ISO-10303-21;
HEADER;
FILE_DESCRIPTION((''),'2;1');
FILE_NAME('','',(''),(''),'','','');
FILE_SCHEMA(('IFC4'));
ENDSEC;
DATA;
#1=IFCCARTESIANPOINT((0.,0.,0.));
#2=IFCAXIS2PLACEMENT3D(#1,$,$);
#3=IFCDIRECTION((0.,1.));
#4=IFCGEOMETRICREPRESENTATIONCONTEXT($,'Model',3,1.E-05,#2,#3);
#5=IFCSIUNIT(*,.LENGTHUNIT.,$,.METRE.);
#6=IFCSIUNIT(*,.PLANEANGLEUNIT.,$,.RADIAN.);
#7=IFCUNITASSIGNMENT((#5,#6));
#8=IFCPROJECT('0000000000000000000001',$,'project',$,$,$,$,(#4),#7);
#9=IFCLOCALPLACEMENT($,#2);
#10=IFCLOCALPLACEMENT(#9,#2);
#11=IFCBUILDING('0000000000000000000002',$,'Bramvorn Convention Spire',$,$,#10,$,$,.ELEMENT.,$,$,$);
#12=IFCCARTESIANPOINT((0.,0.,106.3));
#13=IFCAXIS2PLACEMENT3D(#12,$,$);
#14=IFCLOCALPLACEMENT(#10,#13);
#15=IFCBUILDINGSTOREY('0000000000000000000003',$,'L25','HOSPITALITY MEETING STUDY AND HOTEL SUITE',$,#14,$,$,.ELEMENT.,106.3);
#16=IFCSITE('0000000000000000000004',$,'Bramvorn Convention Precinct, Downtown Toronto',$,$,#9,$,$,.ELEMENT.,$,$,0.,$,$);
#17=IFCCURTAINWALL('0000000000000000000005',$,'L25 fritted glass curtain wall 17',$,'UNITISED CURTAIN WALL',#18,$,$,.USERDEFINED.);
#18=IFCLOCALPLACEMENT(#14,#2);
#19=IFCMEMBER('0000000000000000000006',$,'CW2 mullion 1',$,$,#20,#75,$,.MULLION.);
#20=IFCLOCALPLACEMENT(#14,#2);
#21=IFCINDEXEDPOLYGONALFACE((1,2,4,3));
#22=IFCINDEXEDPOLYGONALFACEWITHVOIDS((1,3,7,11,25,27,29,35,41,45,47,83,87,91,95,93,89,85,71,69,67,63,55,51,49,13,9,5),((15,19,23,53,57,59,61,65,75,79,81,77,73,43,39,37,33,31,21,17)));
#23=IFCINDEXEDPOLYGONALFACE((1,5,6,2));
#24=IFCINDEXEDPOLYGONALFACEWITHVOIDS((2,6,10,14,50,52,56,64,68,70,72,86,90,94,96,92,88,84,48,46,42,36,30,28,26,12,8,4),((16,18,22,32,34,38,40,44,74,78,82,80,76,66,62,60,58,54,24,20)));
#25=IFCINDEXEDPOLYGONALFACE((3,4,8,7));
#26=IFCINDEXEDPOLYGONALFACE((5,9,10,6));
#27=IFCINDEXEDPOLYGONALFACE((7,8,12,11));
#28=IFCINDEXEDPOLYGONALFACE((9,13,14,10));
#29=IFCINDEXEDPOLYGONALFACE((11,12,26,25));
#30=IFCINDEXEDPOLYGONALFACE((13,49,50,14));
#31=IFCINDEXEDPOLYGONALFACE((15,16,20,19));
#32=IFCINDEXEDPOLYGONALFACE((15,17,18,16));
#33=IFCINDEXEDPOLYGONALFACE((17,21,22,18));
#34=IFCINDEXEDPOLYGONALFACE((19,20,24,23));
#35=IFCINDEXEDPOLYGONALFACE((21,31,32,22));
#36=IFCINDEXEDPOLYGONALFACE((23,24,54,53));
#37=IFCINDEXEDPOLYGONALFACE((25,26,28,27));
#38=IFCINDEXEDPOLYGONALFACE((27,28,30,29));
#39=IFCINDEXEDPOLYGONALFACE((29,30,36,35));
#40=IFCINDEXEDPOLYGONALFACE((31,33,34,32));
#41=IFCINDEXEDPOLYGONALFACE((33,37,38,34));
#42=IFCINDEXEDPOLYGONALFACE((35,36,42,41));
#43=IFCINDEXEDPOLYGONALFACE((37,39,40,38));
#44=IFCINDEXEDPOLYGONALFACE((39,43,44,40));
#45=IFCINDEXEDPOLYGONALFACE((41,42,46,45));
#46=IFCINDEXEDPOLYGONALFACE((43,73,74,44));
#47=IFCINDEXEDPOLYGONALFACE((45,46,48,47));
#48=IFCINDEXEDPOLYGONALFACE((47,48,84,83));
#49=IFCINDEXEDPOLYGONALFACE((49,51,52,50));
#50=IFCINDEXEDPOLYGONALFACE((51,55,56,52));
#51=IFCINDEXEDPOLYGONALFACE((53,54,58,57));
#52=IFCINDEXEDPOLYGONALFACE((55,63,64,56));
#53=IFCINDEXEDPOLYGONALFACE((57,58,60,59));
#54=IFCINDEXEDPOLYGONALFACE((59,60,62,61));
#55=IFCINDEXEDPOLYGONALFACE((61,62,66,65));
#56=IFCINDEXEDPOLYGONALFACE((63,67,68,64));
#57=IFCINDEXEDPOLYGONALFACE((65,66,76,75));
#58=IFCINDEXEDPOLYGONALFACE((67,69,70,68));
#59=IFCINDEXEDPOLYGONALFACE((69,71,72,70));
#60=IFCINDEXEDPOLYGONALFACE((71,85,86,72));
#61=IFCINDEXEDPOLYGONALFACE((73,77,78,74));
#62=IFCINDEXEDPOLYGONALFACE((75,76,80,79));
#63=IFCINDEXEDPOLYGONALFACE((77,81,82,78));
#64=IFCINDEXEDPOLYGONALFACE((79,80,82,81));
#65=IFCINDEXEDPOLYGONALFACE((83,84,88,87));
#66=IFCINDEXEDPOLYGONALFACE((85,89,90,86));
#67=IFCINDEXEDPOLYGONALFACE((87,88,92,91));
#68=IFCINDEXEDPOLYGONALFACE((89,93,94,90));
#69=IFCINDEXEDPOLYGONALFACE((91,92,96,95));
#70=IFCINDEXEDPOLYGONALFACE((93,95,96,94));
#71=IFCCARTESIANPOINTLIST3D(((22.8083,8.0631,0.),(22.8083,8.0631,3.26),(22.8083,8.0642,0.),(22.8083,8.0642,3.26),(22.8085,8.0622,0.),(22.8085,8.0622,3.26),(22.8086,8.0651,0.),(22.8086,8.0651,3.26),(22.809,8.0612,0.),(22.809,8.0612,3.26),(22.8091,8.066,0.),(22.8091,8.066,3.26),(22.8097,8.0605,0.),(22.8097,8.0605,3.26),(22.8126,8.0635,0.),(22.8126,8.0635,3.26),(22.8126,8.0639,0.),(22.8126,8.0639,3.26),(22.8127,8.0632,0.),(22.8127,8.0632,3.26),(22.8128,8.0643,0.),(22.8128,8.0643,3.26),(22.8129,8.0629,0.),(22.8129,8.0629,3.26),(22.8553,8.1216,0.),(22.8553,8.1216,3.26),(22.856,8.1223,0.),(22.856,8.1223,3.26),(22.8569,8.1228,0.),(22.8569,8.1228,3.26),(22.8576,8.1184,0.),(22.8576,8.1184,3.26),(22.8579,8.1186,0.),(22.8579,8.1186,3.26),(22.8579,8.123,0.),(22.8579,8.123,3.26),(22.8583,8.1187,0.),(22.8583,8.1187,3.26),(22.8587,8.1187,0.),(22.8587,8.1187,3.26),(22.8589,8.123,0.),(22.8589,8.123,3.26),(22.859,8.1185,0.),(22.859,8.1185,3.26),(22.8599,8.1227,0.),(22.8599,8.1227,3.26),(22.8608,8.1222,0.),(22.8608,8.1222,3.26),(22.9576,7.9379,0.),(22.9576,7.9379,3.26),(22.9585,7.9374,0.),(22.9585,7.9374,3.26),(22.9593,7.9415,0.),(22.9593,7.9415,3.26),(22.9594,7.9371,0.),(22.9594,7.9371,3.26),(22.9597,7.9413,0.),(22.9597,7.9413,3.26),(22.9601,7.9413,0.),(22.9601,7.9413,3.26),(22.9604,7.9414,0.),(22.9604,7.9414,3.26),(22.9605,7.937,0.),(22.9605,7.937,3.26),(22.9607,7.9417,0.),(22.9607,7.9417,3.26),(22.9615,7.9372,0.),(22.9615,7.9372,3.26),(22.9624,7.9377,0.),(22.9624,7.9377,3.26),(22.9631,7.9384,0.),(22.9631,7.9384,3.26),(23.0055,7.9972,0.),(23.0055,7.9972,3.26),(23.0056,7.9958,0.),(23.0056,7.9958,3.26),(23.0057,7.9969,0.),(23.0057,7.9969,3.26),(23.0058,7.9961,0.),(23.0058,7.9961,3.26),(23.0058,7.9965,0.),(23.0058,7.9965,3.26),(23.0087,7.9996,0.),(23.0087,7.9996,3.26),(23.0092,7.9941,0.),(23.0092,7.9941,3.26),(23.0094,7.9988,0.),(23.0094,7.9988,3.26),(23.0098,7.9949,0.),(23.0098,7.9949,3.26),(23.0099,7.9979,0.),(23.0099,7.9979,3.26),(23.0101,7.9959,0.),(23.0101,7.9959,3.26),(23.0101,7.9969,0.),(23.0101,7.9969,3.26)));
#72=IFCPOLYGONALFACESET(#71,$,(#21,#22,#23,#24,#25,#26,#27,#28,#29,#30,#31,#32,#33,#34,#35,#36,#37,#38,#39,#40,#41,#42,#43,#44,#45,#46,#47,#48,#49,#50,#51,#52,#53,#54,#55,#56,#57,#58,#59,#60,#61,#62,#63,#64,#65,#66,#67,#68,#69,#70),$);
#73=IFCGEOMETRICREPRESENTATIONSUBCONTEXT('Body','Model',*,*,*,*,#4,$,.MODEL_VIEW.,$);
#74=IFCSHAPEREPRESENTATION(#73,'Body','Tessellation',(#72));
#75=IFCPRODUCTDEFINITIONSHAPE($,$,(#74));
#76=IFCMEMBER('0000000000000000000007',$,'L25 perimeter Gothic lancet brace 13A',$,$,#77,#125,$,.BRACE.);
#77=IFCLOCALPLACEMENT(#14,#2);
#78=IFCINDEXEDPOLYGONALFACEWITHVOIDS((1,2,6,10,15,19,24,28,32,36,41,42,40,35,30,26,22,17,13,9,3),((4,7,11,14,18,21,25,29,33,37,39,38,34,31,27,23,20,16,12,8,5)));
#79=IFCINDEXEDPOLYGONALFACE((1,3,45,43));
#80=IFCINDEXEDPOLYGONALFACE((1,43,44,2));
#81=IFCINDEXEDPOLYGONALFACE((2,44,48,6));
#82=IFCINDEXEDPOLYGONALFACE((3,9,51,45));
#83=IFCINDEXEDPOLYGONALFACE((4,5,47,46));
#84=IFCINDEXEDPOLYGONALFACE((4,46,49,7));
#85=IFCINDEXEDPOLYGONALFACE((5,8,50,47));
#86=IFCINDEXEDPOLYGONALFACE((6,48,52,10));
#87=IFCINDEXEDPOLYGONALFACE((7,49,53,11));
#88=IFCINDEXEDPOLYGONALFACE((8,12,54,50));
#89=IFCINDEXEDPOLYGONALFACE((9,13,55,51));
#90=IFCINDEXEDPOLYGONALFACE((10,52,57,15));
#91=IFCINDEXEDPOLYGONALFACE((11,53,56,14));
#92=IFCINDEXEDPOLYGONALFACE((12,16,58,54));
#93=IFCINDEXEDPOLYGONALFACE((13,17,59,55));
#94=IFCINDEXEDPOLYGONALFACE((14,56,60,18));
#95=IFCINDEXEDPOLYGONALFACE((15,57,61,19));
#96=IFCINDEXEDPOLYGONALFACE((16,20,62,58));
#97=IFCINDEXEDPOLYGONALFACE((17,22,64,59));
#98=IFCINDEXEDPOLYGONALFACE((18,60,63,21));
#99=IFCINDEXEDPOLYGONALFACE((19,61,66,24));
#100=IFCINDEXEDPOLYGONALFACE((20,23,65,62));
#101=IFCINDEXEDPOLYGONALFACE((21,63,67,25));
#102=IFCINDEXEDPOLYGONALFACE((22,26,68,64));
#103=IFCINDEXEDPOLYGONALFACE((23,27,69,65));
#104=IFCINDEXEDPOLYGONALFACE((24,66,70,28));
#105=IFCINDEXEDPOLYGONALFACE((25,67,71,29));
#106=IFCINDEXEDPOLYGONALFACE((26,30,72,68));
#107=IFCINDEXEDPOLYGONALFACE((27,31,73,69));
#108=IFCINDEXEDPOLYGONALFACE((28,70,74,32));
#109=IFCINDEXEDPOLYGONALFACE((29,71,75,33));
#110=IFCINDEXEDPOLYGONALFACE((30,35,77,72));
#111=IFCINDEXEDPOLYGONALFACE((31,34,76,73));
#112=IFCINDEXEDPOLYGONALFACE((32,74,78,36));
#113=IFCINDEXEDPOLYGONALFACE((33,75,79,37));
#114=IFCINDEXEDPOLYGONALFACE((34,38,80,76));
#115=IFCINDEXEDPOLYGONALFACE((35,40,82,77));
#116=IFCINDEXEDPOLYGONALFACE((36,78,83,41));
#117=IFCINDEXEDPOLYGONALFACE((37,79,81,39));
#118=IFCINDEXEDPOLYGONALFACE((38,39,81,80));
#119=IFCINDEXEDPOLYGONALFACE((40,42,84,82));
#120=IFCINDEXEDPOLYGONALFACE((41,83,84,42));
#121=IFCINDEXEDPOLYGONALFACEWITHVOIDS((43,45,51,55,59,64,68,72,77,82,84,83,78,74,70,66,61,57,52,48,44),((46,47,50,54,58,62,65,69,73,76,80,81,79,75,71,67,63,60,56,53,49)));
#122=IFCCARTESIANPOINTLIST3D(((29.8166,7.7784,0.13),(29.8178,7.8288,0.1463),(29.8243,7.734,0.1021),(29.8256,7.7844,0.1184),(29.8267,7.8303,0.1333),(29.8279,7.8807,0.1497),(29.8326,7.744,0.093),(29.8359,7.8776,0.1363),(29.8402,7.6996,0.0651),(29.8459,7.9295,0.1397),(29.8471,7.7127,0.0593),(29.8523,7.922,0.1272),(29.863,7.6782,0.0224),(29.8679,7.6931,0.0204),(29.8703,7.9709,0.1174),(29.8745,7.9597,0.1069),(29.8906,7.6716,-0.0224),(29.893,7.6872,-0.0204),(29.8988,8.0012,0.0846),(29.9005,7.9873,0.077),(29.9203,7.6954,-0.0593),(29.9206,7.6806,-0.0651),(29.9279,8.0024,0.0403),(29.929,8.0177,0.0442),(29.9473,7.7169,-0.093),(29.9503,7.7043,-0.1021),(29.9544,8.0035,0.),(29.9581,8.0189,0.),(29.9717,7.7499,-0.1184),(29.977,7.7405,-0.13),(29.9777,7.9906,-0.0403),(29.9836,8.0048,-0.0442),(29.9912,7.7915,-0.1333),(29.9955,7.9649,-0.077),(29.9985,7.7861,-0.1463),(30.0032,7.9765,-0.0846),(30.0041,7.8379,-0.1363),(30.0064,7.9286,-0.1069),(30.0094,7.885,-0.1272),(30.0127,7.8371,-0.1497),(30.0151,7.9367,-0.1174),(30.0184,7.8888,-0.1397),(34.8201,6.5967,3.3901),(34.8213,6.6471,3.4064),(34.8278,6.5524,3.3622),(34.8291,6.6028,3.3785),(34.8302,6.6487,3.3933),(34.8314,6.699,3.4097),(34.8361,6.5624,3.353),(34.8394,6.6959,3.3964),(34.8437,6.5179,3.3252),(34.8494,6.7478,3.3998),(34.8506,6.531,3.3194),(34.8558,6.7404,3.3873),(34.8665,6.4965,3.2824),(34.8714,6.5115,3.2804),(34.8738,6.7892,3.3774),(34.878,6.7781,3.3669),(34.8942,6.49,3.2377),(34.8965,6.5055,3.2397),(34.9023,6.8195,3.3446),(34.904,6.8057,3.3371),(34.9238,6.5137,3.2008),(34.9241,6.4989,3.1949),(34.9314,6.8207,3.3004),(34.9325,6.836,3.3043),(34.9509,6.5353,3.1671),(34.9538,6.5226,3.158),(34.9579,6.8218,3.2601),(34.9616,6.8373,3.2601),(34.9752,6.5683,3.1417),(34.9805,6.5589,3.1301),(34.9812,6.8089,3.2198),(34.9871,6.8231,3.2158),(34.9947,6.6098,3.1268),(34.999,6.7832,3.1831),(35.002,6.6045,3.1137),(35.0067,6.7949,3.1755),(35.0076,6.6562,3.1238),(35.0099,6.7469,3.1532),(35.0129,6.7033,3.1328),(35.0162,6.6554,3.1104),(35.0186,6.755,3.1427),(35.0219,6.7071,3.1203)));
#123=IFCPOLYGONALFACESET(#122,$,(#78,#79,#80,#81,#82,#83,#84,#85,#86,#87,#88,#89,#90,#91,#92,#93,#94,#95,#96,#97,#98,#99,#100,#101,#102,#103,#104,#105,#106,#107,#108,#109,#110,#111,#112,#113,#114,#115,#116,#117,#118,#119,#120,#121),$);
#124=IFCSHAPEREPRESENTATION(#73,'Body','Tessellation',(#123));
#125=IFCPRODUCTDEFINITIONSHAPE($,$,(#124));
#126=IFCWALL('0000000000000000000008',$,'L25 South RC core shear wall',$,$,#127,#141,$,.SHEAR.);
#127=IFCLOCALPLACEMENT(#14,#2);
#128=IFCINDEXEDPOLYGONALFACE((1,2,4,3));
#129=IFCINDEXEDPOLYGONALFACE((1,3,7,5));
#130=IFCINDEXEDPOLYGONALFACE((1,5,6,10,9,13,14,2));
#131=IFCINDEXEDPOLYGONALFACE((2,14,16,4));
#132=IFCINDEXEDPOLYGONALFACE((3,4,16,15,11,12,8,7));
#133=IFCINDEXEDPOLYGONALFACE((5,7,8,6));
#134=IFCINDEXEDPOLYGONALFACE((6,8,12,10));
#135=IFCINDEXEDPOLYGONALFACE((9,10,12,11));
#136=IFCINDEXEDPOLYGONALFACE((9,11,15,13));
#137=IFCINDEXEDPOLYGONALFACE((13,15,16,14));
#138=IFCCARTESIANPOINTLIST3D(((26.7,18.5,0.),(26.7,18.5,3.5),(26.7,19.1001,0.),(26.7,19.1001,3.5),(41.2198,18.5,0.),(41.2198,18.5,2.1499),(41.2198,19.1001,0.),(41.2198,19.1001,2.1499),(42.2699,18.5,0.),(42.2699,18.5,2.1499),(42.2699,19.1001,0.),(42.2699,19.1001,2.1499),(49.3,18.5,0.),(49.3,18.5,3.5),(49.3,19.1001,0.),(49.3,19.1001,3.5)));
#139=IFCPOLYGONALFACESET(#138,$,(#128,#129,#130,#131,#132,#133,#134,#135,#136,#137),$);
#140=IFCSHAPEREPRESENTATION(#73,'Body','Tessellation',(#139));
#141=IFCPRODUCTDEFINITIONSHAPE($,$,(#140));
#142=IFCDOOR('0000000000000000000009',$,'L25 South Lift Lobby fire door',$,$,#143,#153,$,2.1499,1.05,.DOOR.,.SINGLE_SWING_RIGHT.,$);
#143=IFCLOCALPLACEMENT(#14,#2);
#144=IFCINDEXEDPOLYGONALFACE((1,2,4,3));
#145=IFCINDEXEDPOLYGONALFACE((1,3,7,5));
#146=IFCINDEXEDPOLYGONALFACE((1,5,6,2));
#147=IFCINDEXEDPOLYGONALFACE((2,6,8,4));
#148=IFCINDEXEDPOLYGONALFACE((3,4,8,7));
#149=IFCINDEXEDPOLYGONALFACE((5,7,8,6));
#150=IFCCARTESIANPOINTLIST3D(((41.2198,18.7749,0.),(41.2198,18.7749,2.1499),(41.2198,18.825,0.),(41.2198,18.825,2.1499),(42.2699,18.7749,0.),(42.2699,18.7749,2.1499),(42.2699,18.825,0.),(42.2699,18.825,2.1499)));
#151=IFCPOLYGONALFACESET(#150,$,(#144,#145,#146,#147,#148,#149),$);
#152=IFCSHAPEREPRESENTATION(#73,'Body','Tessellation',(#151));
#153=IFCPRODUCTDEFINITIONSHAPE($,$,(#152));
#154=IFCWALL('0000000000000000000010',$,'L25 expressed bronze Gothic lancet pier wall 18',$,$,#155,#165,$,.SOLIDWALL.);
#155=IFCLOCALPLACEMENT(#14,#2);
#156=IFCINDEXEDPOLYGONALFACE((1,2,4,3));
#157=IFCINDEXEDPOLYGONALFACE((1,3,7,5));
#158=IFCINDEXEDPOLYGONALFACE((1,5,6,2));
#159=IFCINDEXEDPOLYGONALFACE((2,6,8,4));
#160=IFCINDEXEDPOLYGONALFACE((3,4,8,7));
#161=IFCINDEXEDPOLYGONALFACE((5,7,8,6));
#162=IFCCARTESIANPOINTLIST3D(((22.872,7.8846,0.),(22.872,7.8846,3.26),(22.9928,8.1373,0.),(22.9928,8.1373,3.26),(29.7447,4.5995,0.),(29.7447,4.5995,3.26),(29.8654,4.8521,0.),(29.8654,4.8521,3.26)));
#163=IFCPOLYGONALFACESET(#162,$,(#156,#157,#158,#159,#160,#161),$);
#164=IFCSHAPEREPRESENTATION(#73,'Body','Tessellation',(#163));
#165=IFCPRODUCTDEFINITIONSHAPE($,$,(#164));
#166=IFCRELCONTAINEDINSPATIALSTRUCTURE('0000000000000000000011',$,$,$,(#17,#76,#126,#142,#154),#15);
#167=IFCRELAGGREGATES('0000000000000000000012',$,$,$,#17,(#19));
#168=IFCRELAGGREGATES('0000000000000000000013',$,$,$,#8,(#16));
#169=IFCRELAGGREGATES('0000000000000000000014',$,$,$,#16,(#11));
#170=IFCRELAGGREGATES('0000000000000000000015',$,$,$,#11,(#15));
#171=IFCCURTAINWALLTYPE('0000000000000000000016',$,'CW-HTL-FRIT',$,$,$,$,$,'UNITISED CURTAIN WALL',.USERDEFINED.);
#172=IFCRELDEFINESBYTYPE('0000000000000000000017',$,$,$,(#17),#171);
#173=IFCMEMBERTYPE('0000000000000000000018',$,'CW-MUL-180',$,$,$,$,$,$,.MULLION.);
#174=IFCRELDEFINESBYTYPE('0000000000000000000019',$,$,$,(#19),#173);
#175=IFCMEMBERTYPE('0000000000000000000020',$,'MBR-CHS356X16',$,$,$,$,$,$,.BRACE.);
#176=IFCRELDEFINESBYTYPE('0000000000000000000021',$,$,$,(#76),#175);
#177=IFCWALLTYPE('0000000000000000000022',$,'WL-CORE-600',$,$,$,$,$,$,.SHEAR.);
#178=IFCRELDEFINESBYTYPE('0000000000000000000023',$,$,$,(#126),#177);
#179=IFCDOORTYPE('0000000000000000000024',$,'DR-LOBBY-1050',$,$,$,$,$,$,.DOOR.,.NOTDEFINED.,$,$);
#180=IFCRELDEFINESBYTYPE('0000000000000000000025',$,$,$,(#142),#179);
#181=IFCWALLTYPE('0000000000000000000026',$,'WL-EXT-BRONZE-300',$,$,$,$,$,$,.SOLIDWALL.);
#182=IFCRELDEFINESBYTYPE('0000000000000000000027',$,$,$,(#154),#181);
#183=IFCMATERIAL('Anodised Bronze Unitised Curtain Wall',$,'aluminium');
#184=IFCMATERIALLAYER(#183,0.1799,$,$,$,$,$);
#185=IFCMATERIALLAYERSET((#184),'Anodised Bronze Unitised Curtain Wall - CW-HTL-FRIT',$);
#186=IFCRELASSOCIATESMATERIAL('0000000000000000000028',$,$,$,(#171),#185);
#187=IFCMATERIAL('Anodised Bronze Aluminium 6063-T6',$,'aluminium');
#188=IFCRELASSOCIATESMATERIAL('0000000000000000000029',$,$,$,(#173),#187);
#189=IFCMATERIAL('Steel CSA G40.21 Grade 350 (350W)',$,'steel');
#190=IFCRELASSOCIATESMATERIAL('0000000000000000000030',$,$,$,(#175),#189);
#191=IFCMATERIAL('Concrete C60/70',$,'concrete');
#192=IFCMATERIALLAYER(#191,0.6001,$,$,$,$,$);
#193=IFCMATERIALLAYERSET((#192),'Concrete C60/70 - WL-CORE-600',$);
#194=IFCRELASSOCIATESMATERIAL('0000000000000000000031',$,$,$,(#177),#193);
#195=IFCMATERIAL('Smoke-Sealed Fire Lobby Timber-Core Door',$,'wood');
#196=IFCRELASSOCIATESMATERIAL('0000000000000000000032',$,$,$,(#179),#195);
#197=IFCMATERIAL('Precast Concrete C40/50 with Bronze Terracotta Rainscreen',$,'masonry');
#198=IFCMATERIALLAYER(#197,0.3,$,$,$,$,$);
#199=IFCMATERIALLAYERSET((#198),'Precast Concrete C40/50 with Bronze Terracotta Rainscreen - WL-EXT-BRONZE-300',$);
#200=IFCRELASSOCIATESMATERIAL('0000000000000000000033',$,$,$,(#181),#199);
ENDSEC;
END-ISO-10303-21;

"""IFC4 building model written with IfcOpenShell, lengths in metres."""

from ifc_helpers import new_model, si_unit, direction, frame, frame_2d, origin, origin_2d, place, context, subcontext, project, spatial, rectangle, hollow_rectangle, hollow_circle, extrude, material, layer, layer_set, material_profile, profile_set, type_object, element, fill, aggregate, save


model = new_model("IFC4")

# Units and contexts
model_context = context("Model", 3, precision=1e-05, world=origin(), true_north=direction((0.0, 1.0)))
body_context = subcontext(model_context, "Body", "Model", "MODEL_VIEW")
ifc_project = project(units=[si_unit("LENGTHUNIT", "METRE"), si_unit("PLANEANGLEUNIT", "RADIAN")], contexts=[model_context])

# Site, building, storey
site_placement = place(None, origin())
site = spatial("IfcSite", under=ifc_project, at=site_placement, Name="Bramvorn Convention Precinct, Downtown Toronto", CompositionType="ELEMENT", RefElevation=0.0)
building_placement = place(site_placement, origin())
building = spatial("IfcBuilding", under=site, at=building_placement, Name="Bramvorn Convention Spire", CompositionType="ELEMENT")
storey_placement = place(building_placement, frame((0.0, 0.0, 106.3)))
storey = spatial("IfcBuildingStorey", under=building, at=storey_placement, Name="L25", Description="HOSPITALITY MEETING STUDY AND HOTEL SUITE", CompositionType="ELEMENT", Elevation=106.3)

# Shared definitions
ifc_material_1 = material(Name="Steel CSA G40.21 Grade 350 (350W)", Category="steel")

# Curtain wall, member
ifc_material_2 = material(Name="Anodised Bronze Unitised Curtain Wall", Category="aluminium")
ifc_layer_1 = layer(ifc_material_2, 0.1799)
ifc_layer_set_1 = layer_set([ifc_layer_1], Name="Anodised Bronze Unitised Curtain Wall - CW-HTL-FRIT")
curtain_wall_type = type_object("IfcCurtainWallType", Name="CW-HTL-FRIT", ElementType="UNITISED CURTAIN WALL", PredefinedType="USERDEFINED", material=ifc_layer_set_1)
curtain_wall_placement = place(storey_placement, origin())
curtain_wall = element("IfcCurtainWall", 1, at=curtain_wall_placement, inside=storey, type_object=curtain_wall_type, Name="L25 fritted glass curtain wall 17", ObjectType="UNITISED CURTAIN WALL", PredefinedType="USERDEFINED")
ifc_material_3 = material(Name="Anodised Bronze Aluminium 6063-T6", Category="aluminium")
ifc_material_profile_1 = material_profile(ifc_material_3, hollow_rectangle(XDim=0.0801, YDim=0.2, WallThickness=0.0039, InnerFilletRadius=0.001, OuterFilletRadius=0.0039, at=origin_2d()))
ifc_profile_set_1 = profile_set([ifc_material_profile_1], Name="Anodised Bronze Aluminium 6063-T6 - CWM80X200")
member_type_1 = type_object("IfcMemberType", Name="CW-MUL-180", PredefinedType="MULLION", material=ifc_profile_set_1)
member_1_placement = place(storey_placement, frame((22.9092, 8.03, 0.0), z_axis=(0.0, 0.0, 1.0), x_axis=(-0.638087, -0.769964, 0.0)))
member_1 = element("IfcMember", 2, at=member_1_placement, type_object=member_type_1, Name="CW2 mullion 1", PredefinedType="MULLION", context=body_context, shape_type="SweptSolid", body=[
    extrude(hollow_rectangle(XDim=0.0801, YDim=0.2, WallThickness=0.0039, InnerFilletRadius=0.001, OuterFilletRadius=0.0039, at=origin_2d()), origin(), (0.0, 0.0, 1.0), 3.26),
])
aggregate(curtain_wall, [member_1])

# Member
ifc_material_profile_2 = material_profile(ifc_material_1, hollow_circle(Radius=0.1777, WallThickness=0.0159, at=origin_2d()))
ifc_profile_set_2 = profile_set([ifc_material_profile_2], Name="Steel CSA G40.21 Grade 350 (350W) - CHS356X16")
member_type_2 = type_object("IfcMemberType", Name="MBR-CHS356X16", PredefinedType="BRACE", material=ifc_profile_set_2)
member_2_placement = place(storey_placement, frame((29.9172, 7.8459, 0.0), z_axis=(0.821911, -0.194108, 0.535522), x_axis=(0.229844, 0.973228, 0.0)))
element("IfcMember", 3, at=member_2_placement, inside=storey, type_object=member_type_2, Name="L25 perimeter Gothic lancet brace 13A", PredefinedType="BRACE", context=body_context, shape_type="SweptSolid", body=[
    extrude(hollow_circle(Radius=0.1777, WallThickness=0.0159, at=origin_2d()), origin(), (0.0, 0.0, 1.0), 6.0876),
])

# Wall, opening, door
ifc_material_4 = material(Name="Concrete C60/70", Category="concrete")
ifc_layer_2 = layer(ifc_material_4, 0.6001)
ifc_layer_set_2 = layer_set([ifc_layer_2], Name="Concrete C60/70 - WL-CORE-600")
wall_type_1 = type_object("IfcWallType", Name="WL-CORE-600", PredefinedType="SHEAR", material=ifc_layer_set_2)
wall_1_placement = place(storey_placement, frame((26.7, 18.8, 0.0), z_axis=(0.0, 0.0, 1.0), x_axis=(1.0, 0.0, 0.0)))
wall_1 = element("IfcWall", 4, at=wall_1_placement, inside=storey, type_object=wall_type_1, Name="L25 South RC core shear wall", PredefinedType="SHEAR", context=body_context, shape_type="SweptSolid", body=[
    extrude(rectangle(XDim=22.6001, YDim=0.6001, at=frame_2d((11.3, 0.0))), origin(), (0.0, 0.0, 1.0), 3.5),
])
opening_1_placement = place(wall_1_placement, frame((14.52, 0.0, 0.0)))
opening_1 = element("IfcOpeningElement", 5, at=opening_1_placement, cuts=wall_1, PredefinedType="OPENING", context=body_context, shape_type="SweptSolid", body=[
    extrude(rectangle(XDim=1.05, YDim=2.1499, at=frame_2d((0.5249, 1.075))), frame((0.0, 0.3101, 0.0), z_axis=(0.0, -1.0, 0.0), x_axis=(1.0, 0.0, 0.0)), (0.0, 0.0, 1.0), 0.6201),
])
ifc_material_5 = material(Name="Smoke-Sealed Fire Lobby Timber-Core Door", Category="wood")
door_type_1 = type_object("IfcDoorType", Name="DR-LOBBY-1050", OperationType="NOTDEFINED", PredefinedType="DOOR", material=ifc_material_5)
door_1_placement = place(opening_1_placement, origin())
door_1 = element("IfcDoor", 6, at=door_1_placement, inside=storey, type_object=door_type_1, Name="L25 South Lift Lobby fire door", OperationType="SINGLE_SWING_RIGHT", OverallHeight=2.1499, OverallWidth=1.05, PredefinedType="DOOR", context=body_context, shape_type="SweptSolid", body=[
    extrude(rectangle(XDim=1.05, YDim=2.1499, at=frame_2d((0.5249, 1.075))), frame((0.0, 0.0249, 0.0), z_axis=(0.0, -1.0, 0.0), x_axis=(1.0, 0.0, 0.0)), (0.0, 0.0, 1.0), 0.05),
])
fill(opening_1, door_1)

# Wall
ifc_material_6 = material(Name="Precast Concrete C40/50 with Bronze Terracotta Rainscreen", Category="masonry")
ifc_layer_3 = layer(ifc_material_6, 0.3)
ifc_layer_set_3 = layer_set([ifc_layer_3], Name="Precast Concrete C40/50 with Bronze Terracotta Rainscreen - WL-EXT-BRONZE-300")
wall_type_2 = type_object("IfcWallType", Name="WL-EXT-BRONZE-300", PredefinedType="SOLIDWALL", material=ifc_layer_set_3)
wall_2_placement = place(storey_placement, frame((29.8049, 4.7258, 0.0), z_axis=(0.0, 0.0, 1.0), x_axis=(-0.902222, 0.431272, 0.0)))
element("IfcWall", 7, at=wall_2_placement, inside=storey, type_object=wall_type_2, Name="L25 expressed bronze Gothic lancet pier wall 18", PredefinedType="SOLIDWALL", context=body_context, shape_type="SweptSolid", body=[
    extrude(rectangle(XDim=7.6174, YDim=0.28, at=frame_2d((3.8086, 0.0))), origin(), (0.0, 0.0, 1.0), 3.26),
])

save(model, "model.ifc")
